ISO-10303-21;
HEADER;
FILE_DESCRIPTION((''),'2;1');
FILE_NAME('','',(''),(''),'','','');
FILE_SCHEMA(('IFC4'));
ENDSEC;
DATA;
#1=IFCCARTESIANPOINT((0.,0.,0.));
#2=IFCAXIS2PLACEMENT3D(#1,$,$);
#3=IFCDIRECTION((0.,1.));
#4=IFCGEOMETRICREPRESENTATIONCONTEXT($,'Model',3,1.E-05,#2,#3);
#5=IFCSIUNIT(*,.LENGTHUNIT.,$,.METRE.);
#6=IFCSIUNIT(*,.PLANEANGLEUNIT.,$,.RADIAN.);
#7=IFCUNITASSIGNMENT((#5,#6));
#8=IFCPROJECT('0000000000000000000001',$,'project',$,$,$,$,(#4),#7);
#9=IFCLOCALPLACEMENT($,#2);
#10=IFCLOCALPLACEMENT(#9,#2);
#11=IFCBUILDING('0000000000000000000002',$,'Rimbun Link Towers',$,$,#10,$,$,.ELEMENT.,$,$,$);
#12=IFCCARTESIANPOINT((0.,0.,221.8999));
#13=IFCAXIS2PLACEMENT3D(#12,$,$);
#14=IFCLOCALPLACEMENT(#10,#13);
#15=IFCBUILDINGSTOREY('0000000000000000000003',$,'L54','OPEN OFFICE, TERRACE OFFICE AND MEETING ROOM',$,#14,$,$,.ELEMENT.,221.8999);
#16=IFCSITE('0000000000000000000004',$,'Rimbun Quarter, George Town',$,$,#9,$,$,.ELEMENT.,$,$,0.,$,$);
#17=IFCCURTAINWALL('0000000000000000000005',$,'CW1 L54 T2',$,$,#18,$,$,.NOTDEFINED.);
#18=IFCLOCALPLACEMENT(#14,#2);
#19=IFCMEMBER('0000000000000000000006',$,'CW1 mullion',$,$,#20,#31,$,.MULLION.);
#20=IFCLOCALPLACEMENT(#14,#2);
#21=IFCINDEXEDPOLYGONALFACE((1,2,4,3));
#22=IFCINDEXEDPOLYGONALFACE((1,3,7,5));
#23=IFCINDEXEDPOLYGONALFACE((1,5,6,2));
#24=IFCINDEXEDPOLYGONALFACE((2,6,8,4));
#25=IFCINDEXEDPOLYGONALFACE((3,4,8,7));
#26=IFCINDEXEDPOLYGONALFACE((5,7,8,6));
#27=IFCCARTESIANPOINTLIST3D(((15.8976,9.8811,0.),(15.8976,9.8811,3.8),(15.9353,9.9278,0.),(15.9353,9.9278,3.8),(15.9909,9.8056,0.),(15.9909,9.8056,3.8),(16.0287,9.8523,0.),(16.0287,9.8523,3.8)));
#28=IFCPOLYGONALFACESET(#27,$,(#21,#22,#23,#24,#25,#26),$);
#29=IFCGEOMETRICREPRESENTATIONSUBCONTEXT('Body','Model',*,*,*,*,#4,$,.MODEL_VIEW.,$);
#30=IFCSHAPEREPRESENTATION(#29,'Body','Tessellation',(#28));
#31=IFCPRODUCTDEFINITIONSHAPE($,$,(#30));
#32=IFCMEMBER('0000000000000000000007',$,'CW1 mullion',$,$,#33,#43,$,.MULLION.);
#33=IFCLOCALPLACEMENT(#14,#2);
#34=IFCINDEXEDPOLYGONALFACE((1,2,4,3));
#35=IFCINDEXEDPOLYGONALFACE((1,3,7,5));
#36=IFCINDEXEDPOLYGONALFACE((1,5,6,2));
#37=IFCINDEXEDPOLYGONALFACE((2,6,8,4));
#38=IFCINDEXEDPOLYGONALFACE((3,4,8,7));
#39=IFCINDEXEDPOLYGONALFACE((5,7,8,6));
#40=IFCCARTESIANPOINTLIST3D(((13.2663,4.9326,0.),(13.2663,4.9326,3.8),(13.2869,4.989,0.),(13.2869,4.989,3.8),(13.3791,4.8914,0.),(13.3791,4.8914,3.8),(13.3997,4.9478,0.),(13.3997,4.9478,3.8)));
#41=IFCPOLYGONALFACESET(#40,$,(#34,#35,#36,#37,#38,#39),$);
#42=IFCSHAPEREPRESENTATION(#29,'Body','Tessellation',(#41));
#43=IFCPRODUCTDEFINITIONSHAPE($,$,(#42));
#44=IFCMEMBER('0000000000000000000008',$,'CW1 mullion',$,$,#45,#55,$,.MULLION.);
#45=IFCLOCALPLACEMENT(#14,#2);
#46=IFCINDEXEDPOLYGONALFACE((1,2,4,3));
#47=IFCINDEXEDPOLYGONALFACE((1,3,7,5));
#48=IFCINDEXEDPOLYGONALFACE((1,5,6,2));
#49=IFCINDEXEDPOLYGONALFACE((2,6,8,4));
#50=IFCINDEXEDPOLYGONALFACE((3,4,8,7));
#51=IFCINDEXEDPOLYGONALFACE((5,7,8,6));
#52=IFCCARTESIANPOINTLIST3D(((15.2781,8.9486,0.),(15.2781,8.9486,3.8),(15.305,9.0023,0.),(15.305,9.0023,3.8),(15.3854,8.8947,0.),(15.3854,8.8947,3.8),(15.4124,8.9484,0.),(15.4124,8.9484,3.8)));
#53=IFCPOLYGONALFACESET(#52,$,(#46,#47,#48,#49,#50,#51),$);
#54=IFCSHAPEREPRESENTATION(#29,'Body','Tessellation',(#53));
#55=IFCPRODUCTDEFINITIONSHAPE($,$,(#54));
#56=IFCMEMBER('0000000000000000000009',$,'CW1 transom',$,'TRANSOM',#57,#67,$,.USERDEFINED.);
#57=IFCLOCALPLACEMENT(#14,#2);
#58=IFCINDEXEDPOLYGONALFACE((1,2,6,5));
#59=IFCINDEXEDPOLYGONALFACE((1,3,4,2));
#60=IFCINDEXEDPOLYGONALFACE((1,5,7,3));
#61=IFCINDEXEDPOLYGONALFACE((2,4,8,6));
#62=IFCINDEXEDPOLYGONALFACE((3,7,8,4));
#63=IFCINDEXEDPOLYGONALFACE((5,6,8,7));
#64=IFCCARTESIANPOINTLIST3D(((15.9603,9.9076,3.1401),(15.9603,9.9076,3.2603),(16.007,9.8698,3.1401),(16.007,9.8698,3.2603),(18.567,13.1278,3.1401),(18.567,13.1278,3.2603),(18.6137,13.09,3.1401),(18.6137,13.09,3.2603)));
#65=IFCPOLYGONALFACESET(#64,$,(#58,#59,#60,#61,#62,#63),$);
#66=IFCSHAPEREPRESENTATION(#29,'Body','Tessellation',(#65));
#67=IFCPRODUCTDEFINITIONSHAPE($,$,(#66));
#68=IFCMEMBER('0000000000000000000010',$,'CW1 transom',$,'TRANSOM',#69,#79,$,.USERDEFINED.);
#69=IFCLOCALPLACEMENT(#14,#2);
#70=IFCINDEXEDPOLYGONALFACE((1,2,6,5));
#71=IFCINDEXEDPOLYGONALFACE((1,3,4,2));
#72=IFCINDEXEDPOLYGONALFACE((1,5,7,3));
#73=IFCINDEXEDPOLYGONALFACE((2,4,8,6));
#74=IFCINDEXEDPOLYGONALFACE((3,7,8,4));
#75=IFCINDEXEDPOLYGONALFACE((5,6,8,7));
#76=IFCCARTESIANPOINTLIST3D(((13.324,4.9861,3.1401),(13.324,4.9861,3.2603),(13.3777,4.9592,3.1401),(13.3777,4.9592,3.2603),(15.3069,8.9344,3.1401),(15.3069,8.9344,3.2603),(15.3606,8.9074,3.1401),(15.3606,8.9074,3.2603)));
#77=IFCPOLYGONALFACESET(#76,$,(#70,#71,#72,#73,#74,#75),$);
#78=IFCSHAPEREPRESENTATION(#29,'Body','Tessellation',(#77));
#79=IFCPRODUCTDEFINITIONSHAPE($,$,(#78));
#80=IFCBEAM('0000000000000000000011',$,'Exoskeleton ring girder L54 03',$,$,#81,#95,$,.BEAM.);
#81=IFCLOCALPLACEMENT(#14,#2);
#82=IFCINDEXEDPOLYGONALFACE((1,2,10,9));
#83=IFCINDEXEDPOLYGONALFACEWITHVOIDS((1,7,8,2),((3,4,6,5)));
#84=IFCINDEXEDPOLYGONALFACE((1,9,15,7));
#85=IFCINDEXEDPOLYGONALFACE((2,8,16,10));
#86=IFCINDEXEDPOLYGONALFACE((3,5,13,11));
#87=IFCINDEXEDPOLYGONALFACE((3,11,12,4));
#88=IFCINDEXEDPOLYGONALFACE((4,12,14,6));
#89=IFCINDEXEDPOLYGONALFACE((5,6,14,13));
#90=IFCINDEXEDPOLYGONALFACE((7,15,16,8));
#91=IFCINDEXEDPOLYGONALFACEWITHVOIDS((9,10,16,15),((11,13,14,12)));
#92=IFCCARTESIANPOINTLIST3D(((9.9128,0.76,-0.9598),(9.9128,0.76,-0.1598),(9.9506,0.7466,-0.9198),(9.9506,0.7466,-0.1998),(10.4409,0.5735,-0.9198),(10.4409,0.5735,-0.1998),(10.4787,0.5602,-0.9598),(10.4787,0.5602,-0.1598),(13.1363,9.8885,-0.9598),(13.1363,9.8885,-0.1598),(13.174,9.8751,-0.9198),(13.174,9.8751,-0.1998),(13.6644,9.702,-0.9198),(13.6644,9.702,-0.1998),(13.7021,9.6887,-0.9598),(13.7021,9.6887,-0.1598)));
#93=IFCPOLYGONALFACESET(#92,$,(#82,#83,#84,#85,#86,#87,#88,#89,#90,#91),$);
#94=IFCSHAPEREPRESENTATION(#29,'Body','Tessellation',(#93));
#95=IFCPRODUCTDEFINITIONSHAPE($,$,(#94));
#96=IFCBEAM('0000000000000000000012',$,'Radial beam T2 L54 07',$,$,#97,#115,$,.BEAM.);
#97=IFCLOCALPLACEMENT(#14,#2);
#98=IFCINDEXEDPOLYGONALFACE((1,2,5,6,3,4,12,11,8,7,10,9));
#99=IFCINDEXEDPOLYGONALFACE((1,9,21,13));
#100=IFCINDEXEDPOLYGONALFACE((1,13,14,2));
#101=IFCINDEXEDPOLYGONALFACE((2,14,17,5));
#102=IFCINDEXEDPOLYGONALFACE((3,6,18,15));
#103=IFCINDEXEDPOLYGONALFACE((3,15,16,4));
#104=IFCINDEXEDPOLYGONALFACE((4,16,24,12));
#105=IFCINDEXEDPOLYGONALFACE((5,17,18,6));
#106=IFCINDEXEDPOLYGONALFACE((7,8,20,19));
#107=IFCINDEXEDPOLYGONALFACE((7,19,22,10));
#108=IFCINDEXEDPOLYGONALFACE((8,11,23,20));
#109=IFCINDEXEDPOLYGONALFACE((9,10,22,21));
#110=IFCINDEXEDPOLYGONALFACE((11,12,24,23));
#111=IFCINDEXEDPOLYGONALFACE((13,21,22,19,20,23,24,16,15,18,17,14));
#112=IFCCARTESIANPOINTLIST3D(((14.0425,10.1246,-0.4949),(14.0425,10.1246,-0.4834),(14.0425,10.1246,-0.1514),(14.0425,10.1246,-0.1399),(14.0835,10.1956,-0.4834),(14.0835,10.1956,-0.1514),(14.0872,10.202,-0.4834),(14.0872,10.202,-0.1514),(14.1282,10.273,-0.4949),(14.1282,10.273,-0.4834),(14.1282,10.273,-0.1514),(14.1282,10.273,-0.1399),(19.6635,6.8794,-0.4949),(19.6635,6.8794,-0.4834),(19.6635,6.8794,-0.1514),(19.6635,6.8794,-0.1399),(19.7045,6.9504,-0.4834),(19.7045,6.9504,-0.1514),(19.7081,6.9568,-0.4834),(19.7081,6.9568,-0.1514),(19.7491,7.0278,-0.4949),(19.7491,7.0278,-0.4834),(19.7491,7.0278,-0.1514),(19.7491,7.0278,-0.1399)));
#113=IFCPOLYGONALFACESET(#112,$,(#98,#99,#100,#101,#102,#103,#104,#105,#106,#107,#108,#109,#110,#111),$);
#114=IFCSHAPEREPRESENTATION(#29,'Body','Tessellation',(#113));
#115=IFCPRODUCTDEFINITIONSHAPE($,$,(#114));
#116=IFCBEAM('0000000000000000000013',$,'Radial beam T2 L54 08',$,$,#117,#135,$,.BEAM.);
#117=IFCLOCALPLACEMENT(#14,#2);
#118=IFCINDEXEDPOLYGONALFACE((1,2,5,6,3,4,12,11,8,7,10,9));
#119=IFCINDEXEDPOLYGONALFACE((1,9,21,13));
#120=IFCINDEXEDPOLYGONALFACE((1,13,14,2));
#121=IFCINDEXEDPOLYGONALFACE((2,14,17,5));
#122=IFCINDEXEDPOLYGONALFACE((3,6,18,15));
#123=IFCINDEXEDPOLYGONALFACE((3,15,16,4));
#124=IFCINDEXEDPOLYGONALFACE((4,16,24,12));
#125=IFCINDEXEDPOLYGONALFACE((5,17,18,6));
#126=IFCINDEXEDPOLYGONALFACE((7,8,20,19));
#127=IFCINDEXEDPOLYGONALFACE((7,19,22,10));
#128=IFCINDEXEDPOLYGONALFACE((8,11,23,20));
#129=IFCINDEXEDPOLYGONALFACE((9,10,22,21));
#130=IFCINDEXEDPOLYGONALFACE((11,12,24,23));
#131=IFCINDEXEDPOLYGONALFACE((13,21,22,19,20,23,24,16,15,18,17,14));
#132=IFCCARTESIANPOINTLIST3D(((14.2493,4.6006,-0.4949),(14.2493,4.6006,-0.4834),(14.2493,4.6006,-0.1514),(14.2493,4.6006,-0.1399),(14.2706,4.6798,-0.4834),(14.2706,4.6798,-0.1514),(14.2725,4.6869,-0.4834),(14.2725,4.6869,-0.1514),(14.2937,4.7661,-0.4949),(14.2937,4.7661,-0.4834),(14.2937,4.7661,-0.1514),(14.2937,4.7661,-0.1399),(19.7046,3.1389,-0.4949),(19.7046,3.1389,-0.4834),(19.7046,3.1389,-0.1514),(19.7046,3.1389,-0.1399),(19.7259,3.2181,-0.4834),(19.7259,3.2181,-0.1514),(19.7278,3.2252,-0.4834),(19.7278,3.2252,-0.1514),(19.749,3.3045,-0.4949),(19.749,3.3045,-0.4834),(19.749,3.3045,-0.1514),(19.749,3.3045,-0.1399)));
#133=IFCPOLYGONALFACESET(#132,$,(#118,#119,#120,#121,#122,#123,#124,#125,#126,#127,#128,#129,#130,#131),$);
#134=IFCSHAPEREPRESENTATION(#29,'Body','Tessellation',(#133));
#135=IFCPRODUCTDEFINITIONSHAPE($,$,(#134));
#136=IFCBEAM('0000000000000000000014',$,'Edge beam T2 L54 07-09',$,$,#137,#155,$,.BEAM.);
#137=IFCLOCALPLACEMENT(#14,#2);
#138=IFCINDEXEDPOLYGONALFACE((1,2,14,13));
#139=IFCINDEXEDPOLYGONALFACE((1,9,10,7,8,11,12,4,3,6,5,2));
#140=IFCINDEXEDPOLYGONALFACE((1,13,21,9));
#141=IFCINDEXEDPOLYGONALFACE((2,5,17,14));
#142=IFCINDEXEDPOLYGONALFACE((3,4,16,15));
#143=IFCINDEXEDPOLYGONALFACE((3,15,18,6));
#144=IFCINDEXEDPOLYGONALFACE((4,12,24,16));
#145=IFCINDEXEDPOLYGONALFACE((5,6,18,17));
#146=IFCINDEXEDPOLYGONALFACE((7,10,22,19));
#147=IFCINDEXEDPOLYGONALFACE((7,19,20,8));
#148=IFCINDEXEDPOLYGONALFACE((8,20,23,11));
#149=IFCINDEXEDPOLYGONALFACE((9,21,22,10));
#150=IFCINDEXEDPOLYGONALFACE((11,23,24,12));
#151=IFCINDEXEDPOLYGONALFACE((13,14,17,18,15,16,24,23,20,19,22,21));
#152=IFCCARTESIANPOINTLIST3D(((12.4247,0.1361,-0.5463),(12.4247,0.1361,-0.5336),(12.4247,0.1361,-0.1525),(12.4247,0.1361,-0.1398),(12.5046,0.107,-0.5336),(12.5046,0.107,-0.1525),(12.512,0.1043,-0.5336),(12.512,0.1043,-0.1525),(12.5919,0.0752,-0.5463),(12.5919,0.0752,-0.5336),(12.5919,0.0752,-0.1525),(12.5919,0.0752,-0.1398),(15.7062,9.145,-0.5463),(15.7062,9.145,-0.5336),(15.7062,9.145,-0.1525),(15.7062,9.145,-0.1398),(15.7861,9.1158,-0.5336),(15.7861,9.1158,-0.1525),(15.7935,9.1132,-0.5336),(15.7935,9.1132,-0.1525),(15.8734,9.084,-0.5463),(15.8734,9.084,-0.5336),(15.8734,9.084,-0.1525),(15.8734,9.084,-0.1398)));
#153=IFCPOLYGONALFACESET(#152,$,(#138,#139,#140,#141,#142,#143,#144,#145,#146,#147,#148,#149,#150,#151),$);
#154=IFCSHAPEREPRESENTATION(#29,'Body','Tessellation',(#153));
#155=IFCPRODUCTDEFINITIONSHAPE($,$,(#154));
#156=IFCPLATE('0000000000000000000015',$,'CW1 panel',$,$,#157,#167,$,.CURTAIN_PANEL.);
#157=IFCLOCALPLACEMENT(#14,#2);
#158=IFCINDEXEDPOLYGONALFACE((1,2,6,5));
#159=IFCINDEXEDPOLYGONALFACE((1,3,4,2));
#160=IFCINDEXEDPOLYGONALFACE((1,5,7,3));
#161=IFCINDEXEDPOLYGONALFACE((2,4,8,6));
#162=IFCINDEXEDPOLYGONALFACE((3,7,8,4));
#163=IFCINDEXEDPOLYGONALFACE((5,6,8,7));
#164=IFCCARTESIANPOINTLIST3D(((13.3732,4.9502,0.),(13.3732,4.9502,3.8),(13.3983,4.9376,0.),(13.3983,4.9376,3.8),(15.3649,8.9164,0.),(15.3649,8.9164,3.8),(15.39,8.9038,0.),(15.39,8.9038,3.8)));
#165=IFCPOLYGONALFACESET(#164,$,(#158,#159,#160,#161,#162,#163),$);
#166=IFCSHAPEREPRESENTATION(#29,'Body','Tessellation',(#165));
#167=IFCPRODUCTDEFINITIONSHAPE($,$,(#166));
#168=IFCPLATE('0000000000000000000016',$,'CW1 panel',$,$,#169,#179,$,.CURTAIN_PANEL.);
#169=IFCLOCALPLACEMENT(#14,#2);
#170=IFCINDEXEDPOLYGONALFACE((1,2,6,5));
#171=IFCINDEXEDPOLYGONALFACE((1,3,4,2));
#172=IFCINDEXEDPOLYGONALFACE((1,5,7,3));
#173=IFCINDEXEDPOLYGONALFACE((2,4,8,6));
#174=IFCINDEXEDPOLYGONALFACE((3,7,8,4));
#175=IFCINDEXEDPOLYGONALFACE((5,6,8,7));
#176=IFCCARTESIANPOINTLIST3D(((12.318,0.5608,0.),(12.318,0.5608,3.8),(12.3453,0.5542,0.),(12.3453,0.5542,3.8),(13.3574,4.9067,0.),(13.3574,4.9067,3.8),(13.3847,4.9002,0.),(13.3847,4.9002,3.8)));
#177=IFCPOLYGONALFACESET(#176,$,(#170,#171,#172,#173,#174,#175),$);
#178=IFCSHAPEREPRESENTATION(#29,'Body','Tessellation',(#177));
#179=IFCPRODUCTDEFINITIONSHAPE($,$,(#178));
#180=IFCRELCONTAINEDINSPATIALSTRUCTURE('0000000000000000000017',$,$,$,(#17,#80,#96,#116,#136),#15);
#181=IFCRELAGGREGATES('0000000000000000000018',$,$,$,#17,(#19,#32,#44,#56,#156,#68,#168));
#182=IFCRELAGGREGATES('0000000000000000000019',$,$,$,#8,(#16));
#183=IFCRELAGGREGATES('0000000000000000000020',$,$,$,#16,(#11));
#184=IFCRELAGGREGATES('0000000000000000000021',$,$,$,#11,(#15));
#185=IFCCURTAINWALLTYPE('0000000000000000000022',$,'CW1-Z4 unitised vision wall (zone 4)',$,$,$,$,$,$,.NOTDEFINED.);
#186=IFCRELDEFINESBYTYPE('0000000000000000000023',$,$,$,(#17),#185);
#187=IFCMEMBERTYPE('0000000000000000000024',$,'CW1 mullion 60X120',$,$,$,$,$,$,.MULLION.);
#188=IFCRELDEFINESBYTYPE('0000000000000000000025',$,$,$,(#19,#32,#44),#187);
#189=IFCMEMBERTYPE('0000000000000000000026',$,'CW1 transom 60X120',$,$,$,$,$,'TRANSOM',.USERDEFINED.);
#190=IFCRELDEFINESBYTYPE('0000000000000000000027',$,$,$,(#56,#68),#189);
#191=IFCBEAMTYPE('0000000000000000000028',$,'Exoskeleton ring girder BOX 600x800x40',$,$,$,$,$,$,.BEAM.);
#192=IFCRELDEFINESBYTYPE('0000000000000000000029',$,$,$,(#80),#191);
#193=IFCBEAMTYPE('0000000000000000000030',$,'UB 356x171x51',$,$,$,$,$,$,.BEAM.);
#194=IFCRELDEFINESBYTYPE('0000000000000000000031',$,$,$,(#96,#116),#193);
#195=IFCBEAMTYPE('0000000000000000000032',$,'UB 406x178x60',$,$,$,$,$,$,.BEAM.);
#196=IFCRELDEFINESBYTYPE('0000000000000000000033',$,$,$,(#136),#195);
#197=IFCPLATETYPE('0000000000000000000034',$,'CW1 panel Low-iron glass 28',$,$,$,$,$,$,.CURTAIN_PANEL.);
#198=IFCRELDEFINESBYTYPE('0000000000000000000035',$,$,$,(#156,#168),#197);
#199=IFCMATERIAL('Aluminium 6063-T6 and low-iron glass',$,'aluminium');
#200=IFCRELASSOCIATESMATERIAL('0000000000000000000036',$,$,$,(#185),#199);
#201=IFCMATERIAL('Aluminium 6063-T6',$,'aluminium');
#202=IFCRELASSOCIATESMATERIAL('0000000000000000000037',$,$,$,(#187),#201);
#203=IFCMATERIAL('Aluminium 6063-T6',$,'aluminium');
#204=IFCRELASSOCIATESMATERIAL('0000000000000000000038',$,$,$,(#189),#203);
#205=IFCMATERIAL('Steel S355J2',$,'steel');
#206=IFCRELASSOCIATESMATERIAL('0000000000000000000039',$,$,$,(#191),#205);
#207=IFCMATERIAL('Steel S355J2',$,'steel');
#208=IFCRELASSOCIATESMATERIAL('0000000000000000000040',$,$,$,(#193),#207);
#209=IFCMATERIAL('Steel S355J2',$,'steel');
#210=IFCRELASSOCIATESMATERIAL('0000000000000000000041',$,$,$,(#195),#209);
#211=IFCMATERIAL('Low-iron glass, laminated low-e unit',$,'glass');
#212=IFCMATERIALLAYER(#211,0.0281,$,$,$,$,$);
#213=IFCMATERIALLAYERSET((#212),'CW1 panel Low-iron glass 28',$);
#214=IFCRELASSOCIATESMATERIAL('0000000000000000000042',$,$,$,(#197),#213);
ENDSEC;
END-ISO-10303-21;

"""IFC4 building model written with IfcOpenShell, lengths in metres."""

from ifc_helpers import new_model, si_unit, direction, frame, origin, origin_2d, place, context, subcontext, project, spatial, rectangle, hollow_rectangle, i_section, extrude, material, layer, layer_set, material_profile, profile_set, type_object, element, aggregate, save


model = new_model("IFC4")

# Units and contexts
model_context = context("Model", 3, precision=1e-05, world=origin(), true_north=direction((0.0, 1.0)))
body_context = subcontext(model_context, "Body", "Model", "MODEL_VIEW")
ifc_project = project(units=[si_unit("LENGTHUNIT", "METRE"), si_unit("PLANEANGLEUNIT", "RADIAN")], contexts=[model_context])

# Site, building, storey
site_placement = place(None, origin())
site = spatial("IfcSite", under=ifc_project, at=site_placement, Name="Rimbun Quarter, George Town", CompositionType="ELEMENT", RefElevation=0.0)
building_placement = place(site_placement, origin())
building = spatial("IfcBuilding", under=site, at=building_placement, Name="Rimbun Link Towers", CompositionType="ELEMENT")
storey_placement = place(building_placement, frame((0.0, 0.0, 221.8999)))
storey = spatial("IfcBuildingStorey", under=building, at=storey_placement, Name="L54", Description="OPEN OFFICE, TERRACE OFFICE AND MEETING ROOM", CompositionType="ELEMENT", Elevation=221.8999)

# Curtain wall, members
ifc_material_1 = material(Name="Aluminium 6063-T6 and low-iron glass", Category="aluminium")
curtain_wall_type = type_object("IfcCurtainWallType", Name="CW1-Z4 unitised vision wall (zone 4)", PredefinedType="NOTDEFINED", material=ifc_material_1)
curtain_wall_placement = place(storey_placement, origin())
curtain_wall = element("IfcCurtainWall", 1, at=curtain_wall_placement, inside=storey, type_object=curtain_wall_type, Name="CW1 L54 T2", PredefinedType="NOTDEFINED")
ifc_material_2 = material(Name="Aluminium 6063-T6", Category="aluminium")
ifc_material_profile_1 = material_profile(ifc_material_2, rectangle(XDim=0.1201, YDim=0.0601, at=origin_2d()), Name="MULLION 60X120")
ifc_profile_set_1 = profile_set([ifc_material_profile_1], Name="Aluminium 6063-T6")
member_type_1 = type_object("IfcMemberType", Name="CW1 mullion 60X120", PredefinedType="MULLION", material=ifc_profile_set_1)
member_1_placement = place(storey_placement, frame((15.9631, 9.8667, 0.0), z_axis=(0.0, 0.0, 1.0), x_axis=(-0.777276, 0.62916, 0.0)))
member_1 = element("IfcMember", 2, at=member_1_placement, type_object=member_type_1, Name="CW1 mullion", PredefinedType="MULLION", context=body_context, shape_type="SweptSolid", body=[
    extrude(rectangle(XDim=0.1201, YDim=0.0601, at=origin_2d()), origin(), (0.0, 0.0, 1.0), 3.8),
])
member_2_placement = place(storey_placement, frame((13.333, 4.9402, 0.0), z_axis=(0.0, 0.0, 1.0), x_axis=(-0.939348, 0.342964, 0.0)))
member_2 = element("IfcMember", 3, at=member_2_placement, type_object=member_type_1, Name="CW1 mullion", PredefinedType="MULLION", context=body_context, shape_type="SweptSolid", body=[
    extrude(rectangle(XDim=0.1201, YDim=0.0601, at=origin_2d()), origin(), (0.0, 0.0, 1.0), 3.8),
])
member_3_placement = place(storey_placement, frame((15.3452, 8.9485, 0.0), z_axis=(0.0, 0.0, 1.0), x_axis=(-0.893647, 0.448771, 0.0)))
member_3 = element("IfcMember", 4, at=member_3_placement, type_object=member_type_1, Name="CW1 mullion", PredefinedType="MULLION", context=body_context, shape_type="SweptSolid", body=[
    extrude(rectangle(XDim=0.1201, YDim=0.0601, at=origin_2d()), origin(), (0.0, 0.0, 1.0), 3.8),
])
ifc_material_3 = material(Name="Aluminium 6063-T6", Category="aluminium")
ifc_material_profile_2 = material_profile(ifc_material_3, rectangle(XDim=0.0601, YDim=0.1201, at=origin_2d()), Name="TRANSOM 60X120")
ifc_profile_set_2 = profile_set([ifc_material_profile_2], Name="Aluminium 6063-T6")
member_type_2 = type_object("IfcMemberType", Name="CW1 transom 60X120", ElementType="TRANSOM", PredefinedType="USERDEFINED", material=ifc_profile_set_2)
member_4_placement = place(storey_placement, frame((15.9836, 9.8887, 3.2002), z_axis=(0.629176, 0.777263, 0.0), x_axis=(-0.777263, 0.629176, 0.0)))
member_4 = element("IfcMember", 5, at=member_4_placement, type_object=member_type_2, Name="CW1 transom", ObjectType="TRANSOM", PredefinedType="USERDEFINED", context=body_context, shape_type="SweptSolid", body=[
    extrude(rectangle(XDim=0.0601, YDim=0.1201, at=origin_2d()), origin(), (0.0, 0.0, 1.0), 4.1431),
])
member_5_placement = place(storey_placement, frame((13.3508, 4.9727, 3.2002), z_axis=(0.448804, 0.89363, 0.0), x_axis=(-0.89363, 0.448804, 0.0)))
member_5 = element("IfcMember", 6, at=member_5_placement, type_object=member_type_2, Name="CW1 transom", ObjectType="TRANSOM", PredefinedType="USERDEFINED", context=body_context, shape_type="SweptSolid", body=[
    extrude(rectangle(XDim=0.0601, YDim=0.1201, at=origin_2d()), origin(), (0.0, 0.0, 1.0), 4.4182),
])

# Beams
ifc_material_4 = material(Name="Steel S355J2", Category="steel")
ifc_material_profile_3 = material_profile(ifc_material_4, hollow_rectangle(XDim=0.6001, YDim=0.8, WallThickness=0.04, at=origin_2d()), Name="Exoskeleton ring girder BOX 600x800x40")
ifc_profile_set_3 = profile_set([ifc_material_profile_3], Name="Steel S355J2")
beam_type_1 = type_object("IfcBeamType", Name="Exoskeleton ring girder BOX 600x800x40", PredefinedType="BEAM", material=ifc_profile_set_3)
beam_1_placement = place(storey_placement, frame((13.4192, 9.7886, -0.5598), z_axis=(-0.332967, -0.942939, 0.0), x_axis=(0.942939, -0.332967, 0.0)))
element("IfcBeam", 7, at=beam_1_placement, inside=storey, type_object=beam_type_1, Name="Exoskeleton ring girder L54 03", PredefinedType="BEAM", context=body_context, shape_type="SweptSolid", body=[
    extrude(hollow_rectangle(XDim=0.6001, YDim=0.8, WallThickness=0.04, at=origin_2d()), origin(), (0.0, 0.0, 1.0), 9.6809),
])
ifc_material_5 = material(Name="Steel S355J2", Category="steel")
ifc_material_profile_4 = material_profile(ifc_material_5, i_section(OverallWidth=0.1714, OverallDepth=0.355, WebThickness=0.0073, FlangeThickness=0.0115, at=origin_2d()), Name="UB 356x171x51")
ifc_profile_set_4 = profile_set([ifc_material_profile_4], Name="Steel S355J2")
beam_type_2 = type_object("IfcBeamType", Name="UB 356x171x51", PredefinedType="BEAM", material=ifc_profile_set_4)
beam_2_placement = place(storey_placement, frame((19.7063, 6.9536, -0.3174), z_axis=(-0.866031, 0.499991, 0.0), x_axis=(-0.499991, -0.866031, 0.0)))
element("IfcBeam", 8, at=beam_2_placement, inside=storey, type_object=beam_type_2, Name="Radial beam T2 L54 07", PredefinedType="BEAM", context=body_context, shape_type="SweptSolid", body=[
    extrude(i_section(OverallWidth=0.1714, OverallDepth=0.355, WebThickness=0.0073, FlangeThickness=0.0115, at=origin_2d()), origin(), (0.0, 0.0, 1.0), 6.4905),
])
beam_3_placement = place(storey_placement, frame((19.7268, 3.2217, -0.3174), z_axis=(-0.965929, 0.258806, 0.0), x_axis=(-0.258806, -0.965929, 0.0)))
element("IfcBeam", 9, at=beam_3_placement, inside=storey, type_object=beam_type_2, Name="Radial beam T2 L54 08", PredefinedType="BEAM", context=body_context, shape_type="SweptSolid", body=[
    extrude(i_section(OverallWidth=0.1714, OverallDepth=0.355, WebThickness=0.0073, FlangeThickness=0.0115, at=origin_2d()), origin(), (0.0, 0.0, 1.0), 5.6477),
])
ifc_material_6 = material(Name="Steel S355J2", Category="steel")
ifc_material_profile_5 = material_profile(ifc_material_6, i_section(OverallWidth=0.178, OverallDepth=0.4065, WebThickness=0.0078, FlangeThickness=0.0127, at=origin_2d()), Name="UB 406x178x60")
ifc_profile_set_5 = profile_set([ifc_material_profile_5], Name="Steel S355J2")
beam_type_3 = type_object("IfcBeamType", Name="UB 406x178x60", PredefinedType="BEAM", material=ifc_profile_set_5)
beam_4_placement = place(storey_placement, frame((15.7898, 9.1145, -0.343), z_axis=(-0.342256, -0.939607, 0.0), x_axis=(0.939607, -0.342256, 0.0)))
element("IfcBeam", 10, at=beam_4_placement, inside=storey, type_object=beam_type_3, Name="Edge beam T2 L54 07-09", PredefinedType="BEAM", context=body_context, shape_type="SweptSolid", body=[
    extrude(i_section(OverallWidth=0.178, OverallDepth=0.4065, WebThickness=0.0078, FlangeThickness=0.0127, at=origin_2d()), origin(), (0.0, 0.0, 1.0), 9.5879),
])

# Plates
ifc_material_7 = material(Name="Low-iron glass, laminated low-e unit", Category="glass")
ifc_layer_1 = layer(ifc_material_7, 0.0281)
ifc_layer_set_1 = layer_set([ifc_layer_1], Name="CW1 panel Low-iron glass 28")
plate_type = type_object("IfcPlateType", Name="CW1 panel Low-iron glass 28", PredefinedType="CURTAIN_PANEL", material=ifc_layer_set_1)
plate_1_placement = place(storey_placement, frame((14.3816, 6.927, 0.0), z_axis=(0.0, 0.0, 1.0), x_axis=(0.448771, 0.893647, 0.0)))
plate_1 = element("IfcPlate", 11, at=plate_1_placement, type_object=plate_type, Name="CW1 panel", PredefinedType="CURTAIN_PANEL", context=body_context, shape_type="SweptSolid", body=[
    extrude(rectangle(XDim=4.4382, YDim=0.0281, at=origin_2d()), origin(), (0.0, 0.0, 1.0), 3.8),
])
plate_2_placement = place(storey_placement, frame((12.8513, 2.7305, 0.0), z_axis=(0.0, 0.0, 1.0), x_axis=(0.232601, 0.972572, 0.0)))
plate_2 = element("IfcPlate", 12, at=plate_2_placement, type_object=plate_type, Name="CW1 panel", PredefinedType="CURTAIN_PANEL", context=body_context, shape_type="SweptSolid", body=[
    extrude(rectangle(XDim=4.4685, YDim=0.0281, at=origin_2d()), origin(), (0.0, 0.0, 1.0), 3.8),
])
aggregate(curtain_wall, [member_1, member_2, member_3, member_4, plate_1, member_5, plate_2])

save(model, "model.ifc")
